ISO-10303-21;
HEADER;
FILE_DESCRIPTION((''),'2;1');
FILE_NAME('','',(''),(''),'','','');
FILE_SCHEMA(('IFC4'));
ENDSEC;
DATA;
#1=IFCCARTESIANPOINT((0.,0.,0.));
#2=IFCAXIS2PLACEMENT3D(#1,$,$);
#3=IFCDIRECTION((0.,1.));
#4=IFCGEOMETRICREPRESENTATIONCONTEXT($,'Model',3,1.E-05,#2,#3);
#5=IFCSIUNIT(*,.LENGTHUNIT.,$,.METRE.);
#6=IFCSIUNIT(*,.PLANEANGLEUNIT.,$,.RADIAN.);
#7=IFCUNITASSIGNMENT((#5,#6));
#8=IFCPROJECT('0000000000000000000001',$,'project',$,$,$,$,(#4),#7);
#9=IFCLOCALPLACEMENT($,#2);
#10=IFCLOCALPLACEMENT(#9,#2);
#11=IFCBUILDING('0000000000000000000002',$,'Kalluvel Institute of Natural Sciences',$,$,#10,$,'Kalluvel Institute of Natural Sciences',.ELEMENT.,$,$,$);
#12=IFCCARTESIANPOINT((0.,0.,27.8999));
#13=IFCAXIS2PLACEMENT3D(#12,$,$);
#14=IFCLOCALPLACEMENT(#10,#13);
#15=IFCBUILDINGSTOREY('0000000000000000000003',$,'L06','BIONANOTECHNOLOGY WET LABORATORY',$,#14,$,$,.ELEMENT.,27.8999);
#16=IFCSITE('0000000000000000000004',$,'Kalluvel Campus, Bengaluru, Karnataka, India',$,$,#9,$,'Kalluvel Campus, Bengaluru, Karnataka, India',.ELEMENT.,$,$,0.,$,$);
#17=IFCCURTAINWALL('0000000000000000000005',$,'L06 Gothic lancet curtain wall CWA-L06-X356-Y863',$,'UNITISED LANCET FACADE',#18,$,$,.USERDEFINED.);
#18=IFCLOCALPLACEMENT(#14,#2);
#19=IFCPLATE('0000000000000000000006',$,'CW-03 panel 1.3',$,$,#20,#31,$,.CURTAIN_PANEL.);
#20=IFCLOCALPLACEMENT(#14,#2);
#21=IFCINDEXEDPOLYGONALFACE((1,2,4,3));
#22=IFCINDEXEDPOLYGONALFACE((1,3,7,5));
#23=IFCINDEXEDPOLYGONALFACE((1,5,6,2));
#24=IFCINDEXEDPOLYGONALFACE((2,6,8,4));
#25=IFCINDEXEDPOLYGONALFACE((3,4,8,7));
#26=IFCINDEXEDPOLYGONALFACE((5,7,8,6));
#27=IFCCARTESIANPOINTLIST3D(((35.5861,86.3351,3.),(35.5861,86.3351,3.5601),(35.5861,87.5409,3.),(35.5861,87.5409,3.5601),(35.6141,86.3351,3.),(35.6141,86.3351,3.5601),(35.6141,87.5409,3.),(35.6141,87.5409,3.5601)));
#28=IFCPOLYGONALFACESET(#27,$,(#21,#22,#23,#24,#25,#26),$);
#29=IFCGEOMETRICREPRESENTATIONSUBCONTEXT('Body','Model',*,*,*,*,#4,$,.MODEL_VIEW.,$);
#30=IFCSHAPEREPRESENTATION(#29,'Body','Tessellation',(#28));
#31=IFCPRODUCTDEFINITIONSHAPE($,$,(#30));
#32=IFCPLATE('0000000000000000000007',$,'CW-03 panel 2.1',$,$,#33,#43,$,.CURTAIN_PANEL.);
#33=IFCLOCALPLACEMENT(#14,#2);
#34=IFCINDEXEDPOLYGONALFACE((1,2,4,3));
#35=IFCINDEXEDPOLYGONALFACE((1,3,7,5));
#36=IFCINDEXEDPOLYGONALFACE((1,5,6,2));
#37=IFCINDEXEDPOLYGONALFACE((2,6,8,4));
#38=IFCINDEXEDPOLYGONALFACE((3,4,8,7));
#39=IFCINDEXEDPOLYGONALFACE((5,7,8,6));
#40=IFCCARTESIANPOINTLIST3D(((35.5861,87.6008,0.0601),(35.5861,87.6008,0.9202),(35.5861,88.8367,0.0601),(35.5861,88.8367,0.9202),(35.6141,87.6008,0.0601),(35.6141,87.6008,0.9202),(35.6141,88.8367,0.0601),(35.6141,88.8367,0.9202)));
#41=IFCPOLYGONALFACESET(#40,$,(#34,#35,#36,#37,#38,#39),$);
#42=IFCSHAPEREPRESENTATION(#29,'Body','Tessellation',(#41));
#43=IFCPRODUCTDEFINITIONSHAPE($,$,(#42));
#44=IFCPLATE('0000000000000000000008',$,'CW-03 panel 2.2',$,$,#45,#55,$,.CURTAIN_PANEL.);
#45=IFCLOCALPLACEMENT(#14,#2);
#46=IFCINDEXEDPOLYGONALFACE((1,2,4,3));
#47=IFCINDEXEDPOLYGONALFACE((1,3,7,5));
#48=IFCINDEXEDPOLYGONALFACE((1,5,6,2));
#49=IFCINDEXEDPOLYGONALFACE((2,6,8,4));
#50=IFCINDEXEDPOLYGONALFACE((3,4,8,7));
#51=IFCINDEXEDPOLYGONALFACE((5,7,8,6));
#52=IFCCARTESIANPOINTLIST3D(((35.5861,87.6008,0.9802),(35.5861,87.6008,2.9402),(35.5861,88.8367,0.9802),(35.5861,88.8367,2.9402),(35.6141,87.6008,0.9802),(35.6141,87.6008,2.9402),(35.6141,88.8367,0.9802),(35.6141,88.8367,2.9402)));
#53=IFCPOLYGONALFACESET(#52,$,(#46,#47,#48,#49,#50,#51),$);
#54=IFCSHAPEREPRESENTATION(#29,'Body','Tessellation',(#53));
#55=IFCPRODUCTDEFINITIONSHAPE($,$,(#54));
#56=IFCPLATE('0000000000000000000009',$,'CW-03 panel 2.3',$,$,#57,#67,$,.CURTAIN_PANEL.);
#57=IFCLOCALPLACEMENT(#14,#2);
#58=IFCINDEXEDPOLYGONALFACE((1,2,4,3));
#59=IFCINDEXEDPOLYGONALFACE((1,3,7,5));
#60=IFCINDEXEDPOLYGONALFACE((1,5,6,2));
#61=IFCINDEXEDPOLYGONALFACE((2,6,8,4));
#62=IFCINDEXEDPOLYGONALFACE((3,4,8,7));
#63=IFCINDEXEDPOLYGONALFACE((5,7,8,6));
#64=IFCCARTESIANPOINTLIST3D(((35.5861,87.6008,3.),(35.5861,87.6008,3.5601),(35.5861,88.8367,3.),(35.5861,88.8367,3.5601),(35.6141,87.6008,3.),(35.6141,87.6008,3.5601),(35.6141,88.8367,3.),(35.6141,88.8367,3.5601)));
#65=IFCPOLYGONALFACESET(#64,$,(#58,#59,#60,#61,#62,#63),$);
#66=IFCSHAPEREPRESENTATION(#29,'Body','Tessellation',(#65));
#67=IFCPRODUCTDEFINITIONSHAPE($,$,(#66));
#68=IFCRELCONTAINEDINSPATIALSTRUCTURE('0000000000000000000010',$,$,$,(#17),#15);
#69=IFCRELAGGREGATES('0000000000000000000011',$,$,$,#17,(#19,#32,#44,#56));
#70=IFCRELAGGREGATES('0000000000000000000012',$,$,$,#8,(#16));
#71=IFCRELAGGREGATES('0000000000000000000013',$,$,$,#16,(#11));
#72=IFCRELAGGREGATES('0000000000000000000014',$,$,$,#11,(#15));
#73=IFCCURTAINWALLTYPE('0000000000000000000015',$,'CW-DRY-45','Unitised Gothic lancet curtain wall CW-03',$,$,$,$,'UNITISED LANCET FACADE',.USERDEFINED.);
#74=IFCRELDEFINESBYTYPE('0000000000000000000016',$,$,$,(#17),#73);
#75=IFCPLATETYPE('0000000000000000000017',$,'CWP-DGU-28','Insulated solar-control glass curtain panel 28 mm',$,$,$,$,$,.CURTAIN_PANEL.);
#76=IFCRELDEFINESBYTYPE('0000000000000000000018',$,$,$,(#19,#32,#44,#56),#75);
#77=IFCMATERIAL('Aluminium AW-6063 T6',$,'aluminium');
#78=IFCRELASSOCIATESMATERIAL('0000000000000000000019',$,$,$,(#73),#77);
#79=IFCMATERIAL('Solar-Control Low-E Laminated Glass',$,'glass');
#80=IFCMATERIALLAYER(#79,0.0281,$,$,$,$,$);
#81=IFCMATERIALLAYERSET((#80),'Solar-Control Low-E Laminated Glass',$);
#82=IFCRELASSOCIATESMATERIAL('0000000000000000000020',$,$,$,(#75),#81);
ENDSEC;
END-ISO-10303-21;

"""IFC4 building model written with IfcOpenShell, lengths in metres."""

from ifc_helpers import new_model, si_unit, direction, frame, origin, origin_2d, place, context, subcontext, project, spatial, rectangle, extrude, material, layer, layer_set, type_object, element, aggregate, save


model = new_model("IFC4")

# Units and contexts
model_context = context("Model", 3, precision=1e-05, world=origin(), true_north=direction((0.0, 1.0)))
body_context = subcontext(model_context, "Body", "Model", "MODEL_VIEW")
ifc_project = project(units=[si_unit("LENGTHUNIT", "METRE"), si_unit("PLANEANGLEUNIT", "RADIAN")], contexts=[model_context])

# Site, building, storey
site_placement = place(None, origin())
site = spatial("IfcSite", under=ifc_project, at=site_placement, Name="Kalluvel Campus, Bengaluru, Karnataka, India", LongName="Kalluvel Campus, Bengaluru, Karnataka, India", CompositionType="ELEMENT", RefElevation=0.0)
building_placement = place(site_placement, origin())
building = spatial("IfcBuilding", under=site, at=building_placement, Name="Kalluvel Institute of Natural Sciences", LongName="Kalluvel Institute of Natural Sciences", CompositionType="ELEMENT")
storey_placement = place(building_placement, frame((0.0, 0.0, 27.8999)))
storey = spatial("IfcBuildingStorey", under=building, at=storey_placement, Name="L06", Description="BIONANOTECHNOLOGY WET LABORATORY", CompositionType="ELEMENT", Elevation=27.8999)

# Shared definitions
ifc_material_1 = material(Name="Aluminium AW-6063 T6", Category="aluminium")
curtain_wall_type = type_object("IfcCurtainWallType", Name="CW-DRY-45", Description="Unitised Gothic lancet curtain wall CW-03", ElementType="UNITISED LANCET FACADE", PredefinedType="USERDEFINED", material=ifc_material_1)

# Curtain wall
curtain_wall_1_placement = place(storey_placement, origin())
curtain_wall_1 = element("IfcCurtainWall", 1, at=curtain_wall_1_placement, inside=storey, type_object=curtain_wall_type, Name="L06 Gothic lancet curtain wall CWA-L06-X356-Y863", ObjectType="UNITISED LANCET FACADE", PredefinedType="USERDEFINED")

# Plates
ifc_material_2 = material(Name="Solar-Control Low-E Laminated Glass", Category="glass")
ifc_layer = layer(ifc_material_2, 0.0281)
ifc_layer_set = layer_set([ifc_layer], Name="Solar-Control Low-E Laminated Glass")
plate_type = type_object("IfcPlateType", Name="CWP-DGU-28", Description="Insulated solar-control glass curtain panel 28 mm", PredefinedType="CURTAIN_PANEL", material=ifc_layer_set)
plate_1_placement = place(storey_placement, frame((35.6001, 86.938, 3.0), z_axis=(0.0, 0.0, 1.0), x_axis=(0.0, 1.0, 0.0)))
plate_1 = element("IfcPlate", 2, at=plate_1_placement, type_object=plate_type, Name="CW-03 panel 1.3", PredefinedType="CURTAIN_PANEL", context=body_context, shape_type="SweptSolid", body=[
    extrude(rectangle(XDim=1.2058, YDim=0.0281, at=origin_2d()), origin(), (0.0, 0.0, 1.0), 0.5601),
])
plate_2_placement = place(storey_placement, frame((35.6001, 88.2188, 0.0601), z_axis=(0.0, 0.0, 1.0), x_axis=(0.0, 1.0, 0.0)))
plate_2 = element("IfcPlate", 3, at=plate_2_placement, type_object=plate_type, Name="CW-03 panel 2.1", PredefinedType="CURTAIN_PANEL", context=body_context, shape_type="SweptSolid", body=[
    extrude(rectangle(XDim=1.2358, YDim=0.0281, at=origin_2d()), origin(), (0.0, 0.0, 1.0), 0.8601),
])
plate_3_placement = place(storey_placement, frame((35.6001, 88.2188, 0.9802), z_axis=(0.0, 0.0, 1.0), x_axis=(0.0, 1.0, 0.0)))
plate_3 = element("IfcPlate", 4, at=plate_3_placement, type_object=plate_type, Name="CW-03 panel 2.2", PredefinedType="CURTAIN_PANEL", context=body_context, shape_type="SweptSolid", body=[
    extrude(rectangle(XDim=1.2358, YDim=0.0281, at=origin_2d()), origin(), (0.0, 0.0, 1.0), 1.96),
])
plate_4_placement = place(storey_placement, frame((35.6001, 88.2188, 3.0), z_axis=(0.0, 0.0, 1.0), x_axis=(0.0, 1.0, 0.0)))
plate_4 = element("IfcPlate", 5, at=plate_4_placement, type_object=plate_type, Name="CW-03 panel 2.3", PredefinedType="CURTAIN_PANEL", context=body_context, shape_type="SweptSolid", body=[
    extrude(rectangle(XDim=1.2358, YDim=0.0281, at=origin_2d()), origin(), (0.0, 0.0, 1.0), 0.5601),
])
aggregate(curtain_wall_1, [plate_1, plate_2, plate_3, plate_4])

save(model, "model.ifc")
